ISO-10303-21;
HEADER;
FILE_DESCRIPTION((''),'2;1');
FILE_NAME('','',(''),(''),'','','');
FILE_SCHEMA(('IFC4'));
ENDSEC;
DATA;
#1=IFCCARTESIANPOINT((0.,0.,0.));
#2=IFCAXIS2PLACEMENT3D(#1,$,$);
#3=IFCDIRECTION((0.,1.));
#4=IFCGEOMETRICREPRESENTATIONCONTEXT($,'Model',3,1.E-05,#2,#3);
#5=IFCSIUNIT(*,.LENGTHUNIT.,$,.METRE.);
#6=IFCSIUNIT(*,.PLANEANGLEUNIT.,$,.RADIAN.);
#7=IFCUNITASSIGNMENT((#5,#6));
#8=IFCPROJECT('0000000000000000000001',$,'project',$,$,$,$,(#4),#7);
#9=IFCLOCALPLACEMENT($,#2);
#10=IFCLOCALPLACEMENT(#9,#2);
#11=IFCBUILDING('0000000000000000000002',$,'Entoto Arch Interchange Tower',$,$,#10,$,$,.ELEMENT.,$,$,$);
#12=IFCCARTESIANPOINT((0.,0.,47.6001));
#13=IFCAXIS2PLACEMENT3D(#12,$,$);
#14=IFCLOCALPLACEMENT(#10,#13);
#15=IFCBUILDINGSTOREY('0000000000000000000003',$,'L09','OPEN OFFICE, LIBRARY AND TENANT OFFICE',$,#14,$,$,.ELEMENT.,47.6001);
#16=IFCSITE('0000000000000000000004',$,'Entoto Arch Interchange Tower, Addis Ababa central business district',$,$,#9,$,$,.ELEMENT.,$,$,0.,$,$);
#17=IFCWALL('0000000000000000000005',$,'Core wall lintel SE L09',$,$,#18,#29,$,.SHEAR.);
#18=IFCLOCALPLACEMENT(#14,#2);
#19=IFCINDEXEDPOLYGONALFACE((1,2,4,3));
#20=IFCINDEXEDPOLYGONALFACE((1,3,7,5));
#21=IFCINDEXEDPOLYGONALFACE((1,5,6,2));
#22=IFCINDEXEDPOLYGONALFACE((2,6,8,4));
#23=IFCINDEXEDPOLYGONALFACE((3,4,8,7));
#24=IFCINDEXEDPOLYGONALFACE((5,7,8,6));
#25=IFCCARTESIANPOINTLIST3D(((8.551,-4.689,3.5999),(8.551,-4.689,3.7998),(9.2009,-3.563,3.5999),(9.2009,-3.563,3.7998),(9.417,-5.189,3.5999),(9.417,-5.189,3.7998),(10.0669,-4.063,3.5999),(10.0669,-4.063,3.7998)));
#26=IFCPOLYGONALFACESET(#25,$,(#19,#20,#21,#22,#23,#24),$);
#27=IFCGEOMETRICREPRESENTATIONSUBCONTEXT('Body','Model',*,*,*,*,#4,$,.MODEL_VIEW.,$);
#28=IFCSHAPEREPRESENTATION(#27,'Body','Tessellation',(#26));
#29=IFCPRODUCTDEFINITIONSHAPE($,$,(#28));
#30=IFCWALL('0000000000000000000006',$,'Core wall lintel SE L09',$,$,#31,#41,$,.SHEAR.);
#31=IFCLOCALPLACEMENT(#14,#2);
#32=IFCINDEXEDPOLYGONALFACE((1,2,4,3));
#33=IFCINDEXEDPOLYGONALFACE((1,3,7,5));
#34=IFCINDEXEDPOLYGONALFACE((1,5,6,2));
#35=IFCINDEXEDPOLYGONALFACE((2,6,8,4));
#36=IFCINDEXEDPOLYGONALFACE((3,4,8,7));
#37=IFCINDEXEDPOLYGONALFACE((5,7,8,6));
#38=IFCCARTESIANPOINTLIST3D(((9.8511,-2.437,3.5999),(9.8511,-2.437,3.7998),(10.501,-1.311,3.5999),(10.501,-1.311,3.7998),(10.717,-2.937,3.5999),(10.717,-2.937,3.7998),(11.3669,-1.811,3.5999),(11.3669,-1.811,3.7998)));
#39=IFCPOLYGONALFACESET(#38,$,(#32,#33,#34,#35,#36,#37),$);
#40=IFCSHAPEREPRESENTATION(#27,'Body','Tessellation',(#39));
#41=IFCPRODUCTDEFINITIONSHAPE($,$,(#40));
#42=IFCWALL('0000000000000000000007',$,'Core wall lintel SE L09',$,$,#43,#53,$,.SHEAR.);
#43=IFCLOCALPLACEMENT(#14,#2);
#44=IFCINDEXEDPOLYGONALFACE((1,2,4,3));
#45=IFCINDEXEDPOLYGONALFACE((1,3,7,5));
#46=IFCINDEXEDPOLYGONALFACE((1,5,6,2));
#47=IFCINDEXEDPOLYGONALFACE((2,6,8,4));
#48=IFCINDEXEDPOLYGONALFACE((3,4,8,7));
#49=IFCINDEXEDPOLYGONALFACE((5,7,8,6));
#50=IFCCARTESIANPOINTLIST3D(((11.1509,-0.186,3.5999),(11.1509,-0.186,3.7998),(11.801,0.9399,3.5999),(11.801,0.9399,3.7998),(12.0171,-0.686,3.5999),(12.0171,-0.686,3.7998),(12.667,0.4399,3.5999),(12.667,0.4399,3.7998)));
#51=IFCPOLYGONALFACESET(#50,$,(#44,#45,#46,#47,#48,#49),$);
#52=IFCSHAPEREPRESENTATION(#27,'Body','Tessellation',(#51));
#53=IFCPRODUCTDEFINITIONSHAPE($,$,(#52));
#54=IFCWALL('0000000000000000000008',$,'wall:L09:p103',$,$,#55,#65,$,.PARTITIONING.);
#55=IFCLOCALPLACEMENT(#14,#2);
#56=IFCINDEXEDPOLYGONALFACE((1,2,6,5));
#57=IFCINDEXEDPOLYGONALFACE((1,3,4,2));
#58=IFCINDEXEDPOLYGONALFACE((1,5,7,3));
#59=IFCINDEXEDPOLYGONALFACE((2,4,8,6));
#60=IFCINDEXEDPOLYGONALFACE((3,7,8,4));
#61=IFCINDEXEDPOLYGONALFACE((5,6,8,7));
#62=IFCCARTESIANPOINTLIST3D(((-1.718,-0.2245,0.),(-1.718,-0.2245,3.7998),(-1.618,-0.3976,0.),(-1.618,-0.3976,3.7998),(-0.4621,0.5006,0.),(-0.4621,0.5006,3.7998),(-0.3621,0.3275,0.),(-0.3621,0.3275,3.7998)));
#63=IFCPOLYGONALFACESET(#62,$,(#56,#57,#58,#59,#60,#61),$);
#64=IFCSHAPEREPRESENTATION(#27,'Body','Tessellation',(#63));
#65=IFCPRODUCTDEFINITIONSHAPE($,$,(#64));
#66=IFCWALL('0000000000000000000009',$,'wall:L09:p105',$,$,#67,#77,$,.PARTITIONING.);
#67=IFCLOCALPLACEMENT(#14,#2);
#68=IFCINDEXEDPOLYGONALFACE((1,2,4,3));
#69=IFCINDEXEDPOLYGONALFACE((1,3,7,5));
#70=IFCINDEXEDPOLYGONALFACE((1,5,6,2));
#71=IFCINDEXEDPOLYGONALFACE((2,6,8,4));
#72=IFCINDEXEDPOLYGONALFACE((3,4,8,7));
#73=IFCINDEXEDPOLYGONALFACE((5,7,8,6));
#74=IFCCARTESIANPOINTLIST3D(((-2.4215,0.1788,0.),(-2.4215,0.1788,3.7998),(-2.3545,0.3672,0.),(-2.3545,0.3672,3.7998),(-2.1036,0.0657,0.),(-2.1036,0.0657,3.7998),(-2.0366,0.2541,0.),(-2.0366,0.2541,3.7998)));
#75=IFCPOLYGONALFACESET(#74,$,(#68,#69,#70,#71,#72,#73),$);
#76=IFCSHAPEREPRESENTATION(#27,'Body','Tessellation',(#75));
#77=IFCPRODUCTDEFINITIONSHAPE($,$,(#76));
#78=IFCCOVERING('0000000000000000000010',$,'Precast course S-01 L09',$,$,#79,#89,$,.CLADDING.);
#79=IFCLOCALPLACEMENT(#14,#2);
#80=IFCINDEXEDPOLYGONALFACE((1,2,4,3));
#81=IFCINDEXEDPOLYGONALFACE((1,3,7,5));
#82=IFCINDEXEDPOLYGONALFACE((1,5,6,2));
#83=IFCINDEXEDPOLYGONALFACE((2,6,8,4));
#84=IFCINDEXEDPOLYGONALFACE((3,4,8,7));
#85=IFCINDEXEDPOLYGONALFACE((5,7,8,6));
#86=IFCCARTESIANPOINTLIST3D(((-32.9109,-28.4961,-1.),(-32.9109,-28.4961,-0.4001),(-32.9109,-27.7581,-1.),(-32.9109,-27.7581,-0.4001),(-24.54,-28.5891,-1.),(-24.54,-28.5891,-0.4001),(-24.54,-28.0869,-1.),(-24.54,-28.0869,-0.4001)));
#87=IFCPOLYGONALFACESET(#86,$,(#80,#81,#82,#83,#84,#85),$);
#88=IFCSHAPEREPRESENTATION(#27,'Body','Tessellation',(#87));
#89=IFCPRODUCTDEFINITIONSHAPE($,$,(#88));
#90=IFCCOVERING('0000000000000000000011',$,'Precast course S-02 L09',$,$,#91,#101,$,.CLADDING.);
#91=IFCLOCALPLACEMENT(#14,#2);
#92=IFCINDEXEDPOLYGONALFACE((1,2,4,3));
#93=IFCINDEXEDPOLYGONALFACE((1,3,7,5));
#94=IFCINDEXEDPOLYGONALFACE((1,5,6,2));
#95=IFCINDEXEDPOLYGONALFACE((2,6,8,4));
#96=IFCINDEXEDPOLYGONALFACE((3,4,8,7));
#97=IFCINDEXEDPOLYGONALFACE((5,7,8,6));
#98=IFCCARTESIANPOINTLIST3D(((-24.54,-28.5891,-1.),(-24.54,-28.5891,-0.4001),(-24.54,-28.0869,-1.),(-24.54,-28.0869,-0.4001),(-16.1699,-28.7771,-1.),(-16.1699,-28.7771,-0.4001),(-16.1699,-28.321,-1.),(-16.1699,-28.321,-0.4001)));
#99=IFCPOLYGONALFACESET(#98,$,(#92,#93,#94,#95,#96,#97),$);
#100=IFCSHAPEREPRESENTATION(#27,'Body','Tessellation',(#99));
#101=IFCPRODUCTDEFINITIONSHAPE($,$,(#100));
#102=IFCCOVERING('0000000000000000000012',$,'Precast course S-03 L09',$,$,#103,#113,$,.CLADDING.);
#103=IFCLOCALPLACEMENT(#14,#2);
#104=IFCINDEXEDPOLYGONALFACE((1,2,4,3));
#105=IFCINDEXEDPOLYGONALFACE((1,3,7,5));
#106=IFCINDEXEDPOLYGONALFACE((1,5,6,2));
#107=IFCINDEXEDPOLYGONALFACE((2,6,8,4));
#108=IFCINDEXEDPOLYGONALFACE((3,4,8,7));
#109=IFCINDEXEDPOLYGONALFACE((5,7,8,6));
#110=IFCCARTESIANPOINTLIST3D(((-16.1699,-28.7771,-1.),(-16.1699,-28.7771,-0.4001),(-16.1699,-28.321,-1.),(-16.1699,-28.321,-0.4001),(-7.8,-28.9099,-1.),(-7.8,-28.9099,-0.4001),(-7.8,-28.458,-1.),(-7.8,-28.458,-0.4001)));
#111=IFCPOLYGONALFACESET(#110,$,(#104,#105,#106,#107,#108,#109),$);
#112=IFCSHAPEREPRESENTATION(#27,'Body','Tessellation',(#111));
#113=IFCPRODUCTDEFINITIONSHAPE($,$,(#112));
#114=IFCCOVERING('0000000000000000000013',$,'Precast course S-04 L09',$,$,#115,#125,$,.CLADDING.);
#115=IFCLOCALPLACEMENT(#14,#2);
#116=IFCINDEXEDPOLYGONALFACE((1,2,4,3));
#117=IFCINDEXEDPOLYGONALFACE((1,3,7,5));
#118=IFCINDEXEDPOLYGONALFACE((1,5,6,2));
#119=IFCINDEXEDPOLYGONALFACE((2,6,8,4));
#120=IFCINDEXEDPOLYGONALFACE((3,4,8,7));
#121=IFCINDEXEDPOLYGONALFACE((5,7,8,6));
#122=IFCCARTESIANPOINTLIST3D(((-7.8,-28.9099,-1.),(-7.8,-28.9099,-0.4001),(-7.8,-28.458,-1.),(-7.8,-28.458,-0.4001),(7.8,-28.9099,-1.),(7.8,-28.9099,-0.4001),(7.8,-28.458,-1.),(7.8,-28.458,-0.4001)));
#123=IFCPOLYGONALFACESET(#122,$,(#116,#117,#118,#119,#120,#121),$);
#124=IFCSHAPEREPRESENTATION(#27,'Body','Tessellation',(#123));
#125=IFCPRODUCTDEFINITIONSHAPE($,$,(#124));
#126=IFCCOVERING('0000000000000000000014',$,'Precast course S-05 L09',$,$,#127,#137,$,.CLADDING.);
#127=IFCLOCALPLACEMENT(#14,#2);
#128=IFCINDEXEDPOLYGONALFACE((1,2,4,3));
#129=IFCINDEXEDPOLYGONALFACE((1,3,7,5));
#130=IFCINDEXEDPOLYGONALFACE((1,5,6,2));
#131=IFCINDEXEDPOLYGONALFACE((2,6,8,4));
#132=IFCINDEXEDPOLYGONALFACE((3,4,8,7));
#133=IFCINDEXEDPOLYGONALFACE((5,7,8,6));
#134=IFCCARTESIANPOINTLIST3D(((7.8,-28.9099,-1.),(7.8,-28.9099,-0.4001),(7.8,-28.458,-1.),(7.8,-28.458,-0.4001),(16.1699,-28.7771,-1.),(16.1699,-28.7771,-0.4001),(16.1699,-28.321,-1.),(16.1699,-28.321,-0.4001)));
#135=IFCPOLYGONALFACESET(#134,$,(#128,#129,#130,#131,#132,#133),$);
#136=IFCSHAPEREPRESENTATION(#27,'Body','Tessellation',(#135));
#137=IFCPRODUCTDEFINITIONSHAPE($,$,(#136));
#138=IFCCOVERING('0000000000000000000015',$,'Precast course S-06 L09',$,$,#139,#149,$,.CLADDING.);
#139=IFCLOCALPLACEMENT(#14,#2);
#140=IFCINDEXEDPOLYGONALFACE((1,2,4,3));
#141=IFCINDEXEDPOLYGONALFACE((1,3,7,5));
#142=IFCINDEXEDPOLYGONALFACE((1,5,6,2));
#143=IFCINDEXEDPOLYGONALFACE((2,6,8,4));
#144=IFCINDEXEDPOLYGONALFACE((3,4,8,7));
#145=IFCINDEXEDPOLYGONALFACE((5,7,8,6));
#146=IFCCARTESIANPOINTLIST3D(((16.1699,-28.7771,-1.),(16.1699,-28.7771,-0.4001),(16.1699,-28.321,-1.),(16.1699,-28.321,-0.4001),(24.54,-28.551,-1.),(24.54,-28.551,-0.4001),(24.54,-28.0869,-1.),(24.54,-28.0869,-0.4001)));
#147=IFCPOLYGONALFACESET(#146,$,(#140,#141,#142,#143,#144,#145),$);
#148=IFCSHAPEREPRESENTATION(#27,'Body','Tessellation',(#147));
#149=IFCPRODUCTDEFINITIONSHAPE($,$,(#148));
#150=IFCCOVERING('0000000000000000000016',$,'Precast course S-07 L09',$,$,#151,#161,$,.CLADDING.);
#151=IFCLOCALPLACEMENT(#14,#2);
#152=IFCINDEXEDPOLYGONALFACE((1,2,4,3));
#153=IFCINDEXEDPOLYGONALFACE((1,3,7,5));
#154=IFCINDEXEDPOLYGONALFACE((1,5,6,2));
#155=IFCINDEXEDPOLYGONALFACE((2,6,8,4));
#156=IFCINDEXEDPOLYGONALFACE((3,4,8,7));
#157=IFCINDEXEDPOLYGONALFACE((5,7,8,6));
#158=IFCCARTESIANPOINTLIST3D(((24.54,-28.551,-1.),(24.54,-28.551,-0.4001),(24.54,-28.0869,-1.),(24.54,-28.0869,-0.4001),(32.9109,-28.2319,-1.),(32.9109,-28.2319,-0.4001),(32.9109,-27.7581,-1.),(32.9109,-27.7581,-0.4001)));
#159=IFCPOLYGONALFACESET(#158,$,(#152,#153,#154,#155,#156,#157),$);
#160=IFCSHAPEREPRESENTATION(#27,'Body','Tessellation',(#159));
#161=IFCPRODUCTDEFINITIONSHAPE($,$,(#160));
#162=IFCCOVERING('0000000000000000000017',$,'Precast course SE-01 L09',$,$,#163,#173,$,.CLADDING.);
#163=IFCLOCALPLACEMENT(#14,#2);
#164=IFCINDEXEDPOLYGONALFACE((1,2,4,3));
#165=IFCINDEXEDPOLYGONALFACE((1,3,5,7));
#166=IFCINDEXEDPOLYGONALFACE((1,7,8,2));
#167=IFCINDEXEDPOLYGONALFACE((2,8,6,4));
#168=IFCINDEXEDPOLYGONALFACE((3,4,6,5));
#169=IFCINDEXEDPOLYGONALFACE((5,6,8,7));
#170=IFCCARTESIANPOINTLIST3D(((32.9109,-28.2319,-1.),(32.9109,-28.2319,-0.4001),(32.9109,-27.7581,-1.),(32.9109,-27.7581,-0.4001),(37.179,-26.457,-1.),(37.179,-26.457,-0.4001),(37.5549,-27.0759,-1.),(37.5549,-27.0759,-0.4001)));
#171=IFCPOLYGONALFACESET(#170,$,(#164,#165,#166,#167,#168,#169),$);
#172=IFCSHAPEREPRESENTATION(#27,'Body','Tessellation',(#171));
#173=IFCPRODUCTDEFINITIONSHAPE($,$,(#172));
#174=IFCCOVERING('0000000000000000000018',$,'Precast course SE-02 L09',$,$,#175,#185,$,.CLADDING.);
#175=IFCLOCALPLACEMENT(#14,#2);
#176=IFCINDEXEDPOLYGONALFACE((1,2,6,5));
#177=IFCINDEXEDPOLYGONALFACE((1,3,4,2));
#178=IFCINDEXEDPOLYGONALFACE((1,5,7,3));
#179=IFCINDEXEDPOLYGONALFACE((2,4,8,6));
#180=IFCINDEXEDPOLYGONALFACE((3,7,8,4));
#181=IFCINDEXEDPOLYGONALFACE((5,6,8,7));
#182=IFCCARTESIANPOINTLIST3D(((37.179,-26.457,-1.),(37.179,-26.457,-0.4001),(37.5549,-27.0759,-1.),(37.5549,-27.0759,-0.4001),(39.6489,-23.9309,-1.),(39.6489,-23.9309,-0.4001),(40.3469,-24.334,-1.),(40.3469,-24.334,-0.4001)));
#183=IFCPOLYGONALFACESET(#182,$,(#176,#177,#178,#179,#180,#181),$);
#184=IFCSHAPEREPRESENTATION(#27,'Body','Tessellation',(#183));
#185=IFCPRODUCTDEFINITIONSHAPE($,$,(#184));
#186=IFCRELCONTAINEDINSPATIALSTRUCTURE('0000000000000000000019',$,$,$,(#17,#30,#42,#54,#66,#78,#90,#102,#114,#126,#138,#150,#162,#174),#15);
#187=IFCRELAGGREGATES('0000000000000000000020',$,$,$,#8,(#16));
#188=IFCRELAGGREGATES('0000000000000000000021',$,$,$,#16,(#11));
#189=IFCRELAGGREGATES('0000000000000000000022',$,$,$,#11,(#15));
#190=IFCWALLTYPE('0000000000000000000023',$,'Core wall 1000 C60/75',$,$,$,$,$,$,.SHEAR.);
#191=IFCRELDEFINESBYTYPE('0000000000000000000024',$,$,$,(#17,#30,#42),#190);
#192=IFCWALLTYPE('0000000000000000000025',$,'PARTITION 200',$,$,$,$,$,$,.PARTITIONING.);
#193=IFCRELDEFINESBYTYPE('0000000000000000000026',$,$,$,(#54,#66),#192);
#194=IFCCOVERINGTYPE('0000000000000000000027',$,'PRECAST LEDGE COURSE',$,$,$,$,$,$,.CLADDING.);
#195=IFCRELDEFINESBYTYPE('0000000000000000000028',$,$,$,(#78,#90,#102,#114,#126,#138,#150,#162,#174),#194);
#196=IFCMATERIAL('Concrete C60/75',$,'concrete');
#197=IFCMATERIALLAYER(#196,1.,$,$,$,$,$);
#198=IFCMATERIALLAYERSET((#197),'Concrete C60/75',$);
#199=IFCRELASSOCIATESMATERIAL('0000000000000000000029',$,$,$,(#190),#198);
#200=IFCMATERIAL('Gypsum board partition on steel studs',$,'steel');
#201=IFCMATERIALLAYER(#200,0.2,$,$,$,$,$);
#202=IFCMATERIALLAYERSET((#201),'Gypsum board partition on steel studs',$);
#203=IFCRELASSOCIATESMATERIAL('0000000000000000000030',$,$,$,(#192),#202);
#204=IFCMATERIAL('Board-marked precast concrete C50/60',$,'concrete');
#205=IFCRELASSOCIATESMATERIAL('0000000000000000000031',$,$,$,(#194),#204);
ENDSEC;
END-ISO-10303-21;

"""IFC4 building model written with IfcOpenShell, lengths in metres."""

from ifc_helpers import new_model, si_unit, direction, frame, frame_2d, origin, place, context, subcontext, project, spatial, polyline, rectangle, outline, extrude, material, layer, layer_set, type_object, element, save


model = new_model("IFC4")

# Units and contexts
model_context = context("Model", 3, precision=1e-05, world=origin(), true_north=direction((0.0, 1.0)))
body_context = subcontext(model_context, "Body", "Model", "MODEL_VIEW")
ifc_project = project(units=[si_unit("LENGTHUNIT", "METRE"), si_unit("PLANEANGLEUNIT", "RADIAN")], contexts=[model_context])

# Site, building, storey
site_placement = place(None, origin())
site = spatial("IfcSite", under=ifc_project, at=site_placement, Name="Entoto Arch Interchange Tower, Addis Ababa central business district", CompositionType="ELEMENT", RefElevation=0.0)
building_placement = place(site_placement, origin())
building = spatial("IfcBuilding", under=site, at=building_placement, Name="Entoto Arch Interchange Tower", CompositionType="ELEMENT")
storey_placement = place(building_placement, frame((0.0, 0.0, 47.6001)))
storey = spatial("IfcBuildingStorey", under=building, at=storey_placement, Name="L09", Description="OPEN OFFICE, LIBRARY AND TENANT OFFICE", CompositionType="ELEMENT", Elevation=47.6001)

# Walls
ifc_material_1 = material(Name="Concrete C60/75", Category="concrete")
ifc_layer_1 = layer(ifc_material_1, 1.0)
ifc_layer_set_1 = layer_set([ifc_layer_1], Name="Concrete C60/75")
wall_type_1 = type_object("IfcWallType", Name="Core wall 1000 C60/75", PredefinedType="SHEAR", material=ifc_layer_set_1)
wall_1_placement = place(storey_placement, frame((0.0, 0.0, 3.5999)))
element("IfcWall", 1, at=wall_1_placement, inside=storey, type_object=wall_type_1, Name="Core wall lintel SE L09", PredefinedType="SHEAR", context=body_context, shape_type="SweptSolid", body=[
    extrude(outline(polyline([(10.0669, -4.063), (9.2009, -3.563), (8.551, -4.689), (9.417, -5.189), (10.0669, -4.063)])), origin(), (0.0, 0.0, 1.0), 0.2),
])
wall_2_placement = place(storey_placement, frame((0.0, 0.0, 3.5999)))
element("IfcWall", 2, at=wall_2_placement, inside=storey, type_object=wall_type_1, Name="Core wall lintel SE L09", PredefinedType="SHEAR", context=body_context, shape_type="SweptSolid", body=[
    extrude(outline(polyline([(11.3669, -1.811), (10.501, -1.311), (9.8511, -2.437), (10.717, -2.937), (11.3669, -1.811)])), origin(), (0.0, 0.0, 1.0), 0.2),
])
wall_3_placement = place(storey_placement, frame((0.0, 0.0, 3.5999)))
element("IfcWall", 3, at=wall_3_placement, inside=storey, type_object=wall_type_1, Name="Core wall lintel SE L09", PredefinedType="SHEAR", context=body_context, shape_type="SweptSolid", body=[
    extrude(outline(polyline([(12.667, 0.4399), (11.801, 0.9399), (11.1509, -0.186), (12.0171, -0.686), (12.667, 0.4399)])), origin(), (0.0, 0.0, 1.0), 0.2),
])
ifc_material_2 = material(Name="Gypsum board partition on steel studs", Category="steel")
ifc_layer_2 = layer(ifc_material_2, 0.2)
ifc_layer_set_2 = layer_set([ifc_layer_2], Name="Gypsum board partition on steel studs")
wall_type_2 = type_object("IfcWallType", Name="PARTITION 200", PredefinedType="PARTITIONING", material=ifc_layer_set_2)
wall_4_placement = place(storey_placement, frame((-0.4121, 0.4141, 0.0), z_axis=(0.0, 0.0, 1.0), x_axis=(-0.866017, -0.500014, 0.0)))
element("IfcWall", 4, at=wall_4_placement, inside=storey, type_object=wall_type_2, Name="wall:L09:p103", PredefinedType="PARTITIONING", context=body_context, shape_type="SweptSolid", body=[
    extrude(rectangle(XDim=1.4502, YDim=0.2, at=frame_2d((0.7251, 0.0))), origin(), (0.0, 0.0, 1.0), 3.7998),
])
wall_5_placement = place(storey_placement, frame((-2.0701, 0.1599, 0.0), z_axis=(0.0, 0.0, 1.0), x_axis=(-0.942199, 0.335052, 0.0)))
element("IfcWall", 5, at=wall_5_placement, inside=storey, type_object=wall_type_2, Name="wall:L09:p105", PredefinedType="PARTITIONING", context=body_context, shape_type="SweptSolid", body=[
    extrude(rectangle(XDim=0.3374, YDim=0.2, at=frame_2d((0.1687, 0.0))), origin(), (0.0, 0.0, 1.0), 3.7998),
])

# Coverings
ifc_material_3 = material(Name="Board-marked precast concrete C50/60", Category="concrete")
covering_type = type_object("IfcCoveringType", Name="PRECAST LEDGE COURSE", PredefinedType="CLADDING", material=ifc_material_3)
covering_1_placement = place(storey_placement, frame((0.0, 0.0, -1.0)))
element("IfcCovering", 6, at=covering_1_placement, inside=storey, type_object=covering_type, Name="Precast course S-01 L09", PredefinedType="CLADDING", context=body_context, shape_type="SweptSolid", body=[
    extrude(outline(polyline([(-24.54, -28.0869), (-24.54, -28.5891), (-32.9109, -28.4961), (-32.9109, -27.7581), (-24.54, -28.0869)])), origin(), (0.0, 0.0, 1.0), 0.5999),
])
covering_2_placement = place(storey_placement, frame((0.0, 0.0, -1.0)))
element("IfcCovering", 7, at=covering_2_placement, inside=storey, type_object=covering_type, Name="Precast course S-02 L09", PredefinedType="CLADDING", context=body_context, shape_type="SweptSolid", body=[
    extrude(outline(polyline([(-16.1699, -28.321), (-16.1699, -28.7771), (-24.54, -28.5891), (-24.54, -28.0869), (-16.1699, -28.321)])), origin(), (0.0, 0.0, 1.0), 0.5999),
])
covering_3_placement = place(storey_placement, frame((0.0, 0.0, -1.0)))
element("IfcCovering", 8, at=covering_3_placement, inside=storey, type_object=covering_type, Name="Precast course S-03 L09", PredefinedType="CLADDING", context=body_context, shape_type="SweptSolid", body=[
    extrude(outline(polyline([(-7.8, -28.458), (-7.8, -28.9099), (-16.1699, -28.7771), (-16.1699, -28.321), (-7.8, -28.458)])), origin(), (0.0, 0.0, 1.0), 0.5999),
])
covering_4_placement = place(storey_placement, frame((0.0, 0.0, -1.0)))
element("IfcCovering", 9, at=covering_4_placement, inside=storey, type_object=covering_type, Name="Precast course S-04 L09", PredefinedType="CLADDING", context=body_context, shape_type="SweptSolid", body=[
    extrude(outline(polyline([(7.8, -28.458), (7.8, -28.9099), (-7.8, -28.9099), (-7.8, -28.458), (7.8, -28.458)])), origin(), (0.0, 0.0, 1.0), 0.5999),
])
covering_5_placement = place(storey_placement, frame((0.0, 0.0, -1.0)))
element("IfcCovering", 10, at=covering_5_placement, inside=storey, type_object=covering_type, Name="Precast course S-05 L09", PredefinedType="CLADDING", context=body_context, shape_type="SweptSolid", body=[
    extrude(outline(polyline([(16.1699, -28.321), (16.1699, -28.7771), (7.8, -28.9099), (7.8, -28.458), (16.1699, -28.321)])), origin(), (0.0, 0.0, 1.0), 0.5999),
])
covering_6_placement = place(storey_placement, frame((0.0, 0.0, -1.0)))
element("IfcCovering", 11, at=covering_6_placement, inside=storey, type_object=covering_type, Name="Precast course S-06 L09", PredefinedType="CLADDING", context=body_context, shape_type="SweptSolid", body=[
    extrude(outline(polyline([(24.54, -28.0869), (24.54, -28.551), (16.1699, -28.7771), (16.1699, -28.321), (24.54, -28.0869)])), origin(), (0.0, 0.0, 1.0), 0.5999),
])
covering_7_placement = place(storey_placement, frame((0.0, 0.0, -1.0)))
element("IfcCovering", 12, at=covering_7_placement, inside=storey, type_object=covering_type, Name="Precast course S-07 L09", PredefinedType="CLADDING", context=body_context, shape_type="SweptSolid", body=[
    extrude(outline(polyline([(32.9109, -27.7581), (32.9109, -28.2319), (24.54, -28.551), (24.54, -28.0869), (32.9109, -27.7581)])), origin(), (0.0, 0.0, 1.0), 0.5999),
])
covering_8_placement = place(storey_placement, frame((0.0, 0.0, -1.0)))
element("IfcCovering", 13, at=covering_8_placement, inside=storey, type_object=covering_type, Name="Precast course SE-01 L09", PredefinedType="CLADDING", context=body_context, shape_type="SweptSolid", body=[
    extrude(outline(polyline([(37.179, -26.457), (37.5549, -27.0759), (32.9109, -28.2319), (32.9109, -27.7581), (37.179, -26.457)])), origin(), (0.0, 0.0, 1.0), 0.5999),
])
covering_9_placement = place(storey_placement, frame((0.0, 0.0, -1.0)))
element("IfcCovering", 14, at=covering_9_placement, inside=storey, type_object=covering_type, Name="Precast course SE-02 L09", PredefinedType="CLADDING", context=body_context, shape_type="SweptSolid", body=[
    extrude(outline(polyline([(39.6489, -23.9309), (40.3469, -24.334), (37.5549, -27.0759), (37.179, -26.457), (39.6489, -23.9309)])), origin(), (0.0, 0.0, 1.0), 0.5999),
])

save(model, "model.ifc")
